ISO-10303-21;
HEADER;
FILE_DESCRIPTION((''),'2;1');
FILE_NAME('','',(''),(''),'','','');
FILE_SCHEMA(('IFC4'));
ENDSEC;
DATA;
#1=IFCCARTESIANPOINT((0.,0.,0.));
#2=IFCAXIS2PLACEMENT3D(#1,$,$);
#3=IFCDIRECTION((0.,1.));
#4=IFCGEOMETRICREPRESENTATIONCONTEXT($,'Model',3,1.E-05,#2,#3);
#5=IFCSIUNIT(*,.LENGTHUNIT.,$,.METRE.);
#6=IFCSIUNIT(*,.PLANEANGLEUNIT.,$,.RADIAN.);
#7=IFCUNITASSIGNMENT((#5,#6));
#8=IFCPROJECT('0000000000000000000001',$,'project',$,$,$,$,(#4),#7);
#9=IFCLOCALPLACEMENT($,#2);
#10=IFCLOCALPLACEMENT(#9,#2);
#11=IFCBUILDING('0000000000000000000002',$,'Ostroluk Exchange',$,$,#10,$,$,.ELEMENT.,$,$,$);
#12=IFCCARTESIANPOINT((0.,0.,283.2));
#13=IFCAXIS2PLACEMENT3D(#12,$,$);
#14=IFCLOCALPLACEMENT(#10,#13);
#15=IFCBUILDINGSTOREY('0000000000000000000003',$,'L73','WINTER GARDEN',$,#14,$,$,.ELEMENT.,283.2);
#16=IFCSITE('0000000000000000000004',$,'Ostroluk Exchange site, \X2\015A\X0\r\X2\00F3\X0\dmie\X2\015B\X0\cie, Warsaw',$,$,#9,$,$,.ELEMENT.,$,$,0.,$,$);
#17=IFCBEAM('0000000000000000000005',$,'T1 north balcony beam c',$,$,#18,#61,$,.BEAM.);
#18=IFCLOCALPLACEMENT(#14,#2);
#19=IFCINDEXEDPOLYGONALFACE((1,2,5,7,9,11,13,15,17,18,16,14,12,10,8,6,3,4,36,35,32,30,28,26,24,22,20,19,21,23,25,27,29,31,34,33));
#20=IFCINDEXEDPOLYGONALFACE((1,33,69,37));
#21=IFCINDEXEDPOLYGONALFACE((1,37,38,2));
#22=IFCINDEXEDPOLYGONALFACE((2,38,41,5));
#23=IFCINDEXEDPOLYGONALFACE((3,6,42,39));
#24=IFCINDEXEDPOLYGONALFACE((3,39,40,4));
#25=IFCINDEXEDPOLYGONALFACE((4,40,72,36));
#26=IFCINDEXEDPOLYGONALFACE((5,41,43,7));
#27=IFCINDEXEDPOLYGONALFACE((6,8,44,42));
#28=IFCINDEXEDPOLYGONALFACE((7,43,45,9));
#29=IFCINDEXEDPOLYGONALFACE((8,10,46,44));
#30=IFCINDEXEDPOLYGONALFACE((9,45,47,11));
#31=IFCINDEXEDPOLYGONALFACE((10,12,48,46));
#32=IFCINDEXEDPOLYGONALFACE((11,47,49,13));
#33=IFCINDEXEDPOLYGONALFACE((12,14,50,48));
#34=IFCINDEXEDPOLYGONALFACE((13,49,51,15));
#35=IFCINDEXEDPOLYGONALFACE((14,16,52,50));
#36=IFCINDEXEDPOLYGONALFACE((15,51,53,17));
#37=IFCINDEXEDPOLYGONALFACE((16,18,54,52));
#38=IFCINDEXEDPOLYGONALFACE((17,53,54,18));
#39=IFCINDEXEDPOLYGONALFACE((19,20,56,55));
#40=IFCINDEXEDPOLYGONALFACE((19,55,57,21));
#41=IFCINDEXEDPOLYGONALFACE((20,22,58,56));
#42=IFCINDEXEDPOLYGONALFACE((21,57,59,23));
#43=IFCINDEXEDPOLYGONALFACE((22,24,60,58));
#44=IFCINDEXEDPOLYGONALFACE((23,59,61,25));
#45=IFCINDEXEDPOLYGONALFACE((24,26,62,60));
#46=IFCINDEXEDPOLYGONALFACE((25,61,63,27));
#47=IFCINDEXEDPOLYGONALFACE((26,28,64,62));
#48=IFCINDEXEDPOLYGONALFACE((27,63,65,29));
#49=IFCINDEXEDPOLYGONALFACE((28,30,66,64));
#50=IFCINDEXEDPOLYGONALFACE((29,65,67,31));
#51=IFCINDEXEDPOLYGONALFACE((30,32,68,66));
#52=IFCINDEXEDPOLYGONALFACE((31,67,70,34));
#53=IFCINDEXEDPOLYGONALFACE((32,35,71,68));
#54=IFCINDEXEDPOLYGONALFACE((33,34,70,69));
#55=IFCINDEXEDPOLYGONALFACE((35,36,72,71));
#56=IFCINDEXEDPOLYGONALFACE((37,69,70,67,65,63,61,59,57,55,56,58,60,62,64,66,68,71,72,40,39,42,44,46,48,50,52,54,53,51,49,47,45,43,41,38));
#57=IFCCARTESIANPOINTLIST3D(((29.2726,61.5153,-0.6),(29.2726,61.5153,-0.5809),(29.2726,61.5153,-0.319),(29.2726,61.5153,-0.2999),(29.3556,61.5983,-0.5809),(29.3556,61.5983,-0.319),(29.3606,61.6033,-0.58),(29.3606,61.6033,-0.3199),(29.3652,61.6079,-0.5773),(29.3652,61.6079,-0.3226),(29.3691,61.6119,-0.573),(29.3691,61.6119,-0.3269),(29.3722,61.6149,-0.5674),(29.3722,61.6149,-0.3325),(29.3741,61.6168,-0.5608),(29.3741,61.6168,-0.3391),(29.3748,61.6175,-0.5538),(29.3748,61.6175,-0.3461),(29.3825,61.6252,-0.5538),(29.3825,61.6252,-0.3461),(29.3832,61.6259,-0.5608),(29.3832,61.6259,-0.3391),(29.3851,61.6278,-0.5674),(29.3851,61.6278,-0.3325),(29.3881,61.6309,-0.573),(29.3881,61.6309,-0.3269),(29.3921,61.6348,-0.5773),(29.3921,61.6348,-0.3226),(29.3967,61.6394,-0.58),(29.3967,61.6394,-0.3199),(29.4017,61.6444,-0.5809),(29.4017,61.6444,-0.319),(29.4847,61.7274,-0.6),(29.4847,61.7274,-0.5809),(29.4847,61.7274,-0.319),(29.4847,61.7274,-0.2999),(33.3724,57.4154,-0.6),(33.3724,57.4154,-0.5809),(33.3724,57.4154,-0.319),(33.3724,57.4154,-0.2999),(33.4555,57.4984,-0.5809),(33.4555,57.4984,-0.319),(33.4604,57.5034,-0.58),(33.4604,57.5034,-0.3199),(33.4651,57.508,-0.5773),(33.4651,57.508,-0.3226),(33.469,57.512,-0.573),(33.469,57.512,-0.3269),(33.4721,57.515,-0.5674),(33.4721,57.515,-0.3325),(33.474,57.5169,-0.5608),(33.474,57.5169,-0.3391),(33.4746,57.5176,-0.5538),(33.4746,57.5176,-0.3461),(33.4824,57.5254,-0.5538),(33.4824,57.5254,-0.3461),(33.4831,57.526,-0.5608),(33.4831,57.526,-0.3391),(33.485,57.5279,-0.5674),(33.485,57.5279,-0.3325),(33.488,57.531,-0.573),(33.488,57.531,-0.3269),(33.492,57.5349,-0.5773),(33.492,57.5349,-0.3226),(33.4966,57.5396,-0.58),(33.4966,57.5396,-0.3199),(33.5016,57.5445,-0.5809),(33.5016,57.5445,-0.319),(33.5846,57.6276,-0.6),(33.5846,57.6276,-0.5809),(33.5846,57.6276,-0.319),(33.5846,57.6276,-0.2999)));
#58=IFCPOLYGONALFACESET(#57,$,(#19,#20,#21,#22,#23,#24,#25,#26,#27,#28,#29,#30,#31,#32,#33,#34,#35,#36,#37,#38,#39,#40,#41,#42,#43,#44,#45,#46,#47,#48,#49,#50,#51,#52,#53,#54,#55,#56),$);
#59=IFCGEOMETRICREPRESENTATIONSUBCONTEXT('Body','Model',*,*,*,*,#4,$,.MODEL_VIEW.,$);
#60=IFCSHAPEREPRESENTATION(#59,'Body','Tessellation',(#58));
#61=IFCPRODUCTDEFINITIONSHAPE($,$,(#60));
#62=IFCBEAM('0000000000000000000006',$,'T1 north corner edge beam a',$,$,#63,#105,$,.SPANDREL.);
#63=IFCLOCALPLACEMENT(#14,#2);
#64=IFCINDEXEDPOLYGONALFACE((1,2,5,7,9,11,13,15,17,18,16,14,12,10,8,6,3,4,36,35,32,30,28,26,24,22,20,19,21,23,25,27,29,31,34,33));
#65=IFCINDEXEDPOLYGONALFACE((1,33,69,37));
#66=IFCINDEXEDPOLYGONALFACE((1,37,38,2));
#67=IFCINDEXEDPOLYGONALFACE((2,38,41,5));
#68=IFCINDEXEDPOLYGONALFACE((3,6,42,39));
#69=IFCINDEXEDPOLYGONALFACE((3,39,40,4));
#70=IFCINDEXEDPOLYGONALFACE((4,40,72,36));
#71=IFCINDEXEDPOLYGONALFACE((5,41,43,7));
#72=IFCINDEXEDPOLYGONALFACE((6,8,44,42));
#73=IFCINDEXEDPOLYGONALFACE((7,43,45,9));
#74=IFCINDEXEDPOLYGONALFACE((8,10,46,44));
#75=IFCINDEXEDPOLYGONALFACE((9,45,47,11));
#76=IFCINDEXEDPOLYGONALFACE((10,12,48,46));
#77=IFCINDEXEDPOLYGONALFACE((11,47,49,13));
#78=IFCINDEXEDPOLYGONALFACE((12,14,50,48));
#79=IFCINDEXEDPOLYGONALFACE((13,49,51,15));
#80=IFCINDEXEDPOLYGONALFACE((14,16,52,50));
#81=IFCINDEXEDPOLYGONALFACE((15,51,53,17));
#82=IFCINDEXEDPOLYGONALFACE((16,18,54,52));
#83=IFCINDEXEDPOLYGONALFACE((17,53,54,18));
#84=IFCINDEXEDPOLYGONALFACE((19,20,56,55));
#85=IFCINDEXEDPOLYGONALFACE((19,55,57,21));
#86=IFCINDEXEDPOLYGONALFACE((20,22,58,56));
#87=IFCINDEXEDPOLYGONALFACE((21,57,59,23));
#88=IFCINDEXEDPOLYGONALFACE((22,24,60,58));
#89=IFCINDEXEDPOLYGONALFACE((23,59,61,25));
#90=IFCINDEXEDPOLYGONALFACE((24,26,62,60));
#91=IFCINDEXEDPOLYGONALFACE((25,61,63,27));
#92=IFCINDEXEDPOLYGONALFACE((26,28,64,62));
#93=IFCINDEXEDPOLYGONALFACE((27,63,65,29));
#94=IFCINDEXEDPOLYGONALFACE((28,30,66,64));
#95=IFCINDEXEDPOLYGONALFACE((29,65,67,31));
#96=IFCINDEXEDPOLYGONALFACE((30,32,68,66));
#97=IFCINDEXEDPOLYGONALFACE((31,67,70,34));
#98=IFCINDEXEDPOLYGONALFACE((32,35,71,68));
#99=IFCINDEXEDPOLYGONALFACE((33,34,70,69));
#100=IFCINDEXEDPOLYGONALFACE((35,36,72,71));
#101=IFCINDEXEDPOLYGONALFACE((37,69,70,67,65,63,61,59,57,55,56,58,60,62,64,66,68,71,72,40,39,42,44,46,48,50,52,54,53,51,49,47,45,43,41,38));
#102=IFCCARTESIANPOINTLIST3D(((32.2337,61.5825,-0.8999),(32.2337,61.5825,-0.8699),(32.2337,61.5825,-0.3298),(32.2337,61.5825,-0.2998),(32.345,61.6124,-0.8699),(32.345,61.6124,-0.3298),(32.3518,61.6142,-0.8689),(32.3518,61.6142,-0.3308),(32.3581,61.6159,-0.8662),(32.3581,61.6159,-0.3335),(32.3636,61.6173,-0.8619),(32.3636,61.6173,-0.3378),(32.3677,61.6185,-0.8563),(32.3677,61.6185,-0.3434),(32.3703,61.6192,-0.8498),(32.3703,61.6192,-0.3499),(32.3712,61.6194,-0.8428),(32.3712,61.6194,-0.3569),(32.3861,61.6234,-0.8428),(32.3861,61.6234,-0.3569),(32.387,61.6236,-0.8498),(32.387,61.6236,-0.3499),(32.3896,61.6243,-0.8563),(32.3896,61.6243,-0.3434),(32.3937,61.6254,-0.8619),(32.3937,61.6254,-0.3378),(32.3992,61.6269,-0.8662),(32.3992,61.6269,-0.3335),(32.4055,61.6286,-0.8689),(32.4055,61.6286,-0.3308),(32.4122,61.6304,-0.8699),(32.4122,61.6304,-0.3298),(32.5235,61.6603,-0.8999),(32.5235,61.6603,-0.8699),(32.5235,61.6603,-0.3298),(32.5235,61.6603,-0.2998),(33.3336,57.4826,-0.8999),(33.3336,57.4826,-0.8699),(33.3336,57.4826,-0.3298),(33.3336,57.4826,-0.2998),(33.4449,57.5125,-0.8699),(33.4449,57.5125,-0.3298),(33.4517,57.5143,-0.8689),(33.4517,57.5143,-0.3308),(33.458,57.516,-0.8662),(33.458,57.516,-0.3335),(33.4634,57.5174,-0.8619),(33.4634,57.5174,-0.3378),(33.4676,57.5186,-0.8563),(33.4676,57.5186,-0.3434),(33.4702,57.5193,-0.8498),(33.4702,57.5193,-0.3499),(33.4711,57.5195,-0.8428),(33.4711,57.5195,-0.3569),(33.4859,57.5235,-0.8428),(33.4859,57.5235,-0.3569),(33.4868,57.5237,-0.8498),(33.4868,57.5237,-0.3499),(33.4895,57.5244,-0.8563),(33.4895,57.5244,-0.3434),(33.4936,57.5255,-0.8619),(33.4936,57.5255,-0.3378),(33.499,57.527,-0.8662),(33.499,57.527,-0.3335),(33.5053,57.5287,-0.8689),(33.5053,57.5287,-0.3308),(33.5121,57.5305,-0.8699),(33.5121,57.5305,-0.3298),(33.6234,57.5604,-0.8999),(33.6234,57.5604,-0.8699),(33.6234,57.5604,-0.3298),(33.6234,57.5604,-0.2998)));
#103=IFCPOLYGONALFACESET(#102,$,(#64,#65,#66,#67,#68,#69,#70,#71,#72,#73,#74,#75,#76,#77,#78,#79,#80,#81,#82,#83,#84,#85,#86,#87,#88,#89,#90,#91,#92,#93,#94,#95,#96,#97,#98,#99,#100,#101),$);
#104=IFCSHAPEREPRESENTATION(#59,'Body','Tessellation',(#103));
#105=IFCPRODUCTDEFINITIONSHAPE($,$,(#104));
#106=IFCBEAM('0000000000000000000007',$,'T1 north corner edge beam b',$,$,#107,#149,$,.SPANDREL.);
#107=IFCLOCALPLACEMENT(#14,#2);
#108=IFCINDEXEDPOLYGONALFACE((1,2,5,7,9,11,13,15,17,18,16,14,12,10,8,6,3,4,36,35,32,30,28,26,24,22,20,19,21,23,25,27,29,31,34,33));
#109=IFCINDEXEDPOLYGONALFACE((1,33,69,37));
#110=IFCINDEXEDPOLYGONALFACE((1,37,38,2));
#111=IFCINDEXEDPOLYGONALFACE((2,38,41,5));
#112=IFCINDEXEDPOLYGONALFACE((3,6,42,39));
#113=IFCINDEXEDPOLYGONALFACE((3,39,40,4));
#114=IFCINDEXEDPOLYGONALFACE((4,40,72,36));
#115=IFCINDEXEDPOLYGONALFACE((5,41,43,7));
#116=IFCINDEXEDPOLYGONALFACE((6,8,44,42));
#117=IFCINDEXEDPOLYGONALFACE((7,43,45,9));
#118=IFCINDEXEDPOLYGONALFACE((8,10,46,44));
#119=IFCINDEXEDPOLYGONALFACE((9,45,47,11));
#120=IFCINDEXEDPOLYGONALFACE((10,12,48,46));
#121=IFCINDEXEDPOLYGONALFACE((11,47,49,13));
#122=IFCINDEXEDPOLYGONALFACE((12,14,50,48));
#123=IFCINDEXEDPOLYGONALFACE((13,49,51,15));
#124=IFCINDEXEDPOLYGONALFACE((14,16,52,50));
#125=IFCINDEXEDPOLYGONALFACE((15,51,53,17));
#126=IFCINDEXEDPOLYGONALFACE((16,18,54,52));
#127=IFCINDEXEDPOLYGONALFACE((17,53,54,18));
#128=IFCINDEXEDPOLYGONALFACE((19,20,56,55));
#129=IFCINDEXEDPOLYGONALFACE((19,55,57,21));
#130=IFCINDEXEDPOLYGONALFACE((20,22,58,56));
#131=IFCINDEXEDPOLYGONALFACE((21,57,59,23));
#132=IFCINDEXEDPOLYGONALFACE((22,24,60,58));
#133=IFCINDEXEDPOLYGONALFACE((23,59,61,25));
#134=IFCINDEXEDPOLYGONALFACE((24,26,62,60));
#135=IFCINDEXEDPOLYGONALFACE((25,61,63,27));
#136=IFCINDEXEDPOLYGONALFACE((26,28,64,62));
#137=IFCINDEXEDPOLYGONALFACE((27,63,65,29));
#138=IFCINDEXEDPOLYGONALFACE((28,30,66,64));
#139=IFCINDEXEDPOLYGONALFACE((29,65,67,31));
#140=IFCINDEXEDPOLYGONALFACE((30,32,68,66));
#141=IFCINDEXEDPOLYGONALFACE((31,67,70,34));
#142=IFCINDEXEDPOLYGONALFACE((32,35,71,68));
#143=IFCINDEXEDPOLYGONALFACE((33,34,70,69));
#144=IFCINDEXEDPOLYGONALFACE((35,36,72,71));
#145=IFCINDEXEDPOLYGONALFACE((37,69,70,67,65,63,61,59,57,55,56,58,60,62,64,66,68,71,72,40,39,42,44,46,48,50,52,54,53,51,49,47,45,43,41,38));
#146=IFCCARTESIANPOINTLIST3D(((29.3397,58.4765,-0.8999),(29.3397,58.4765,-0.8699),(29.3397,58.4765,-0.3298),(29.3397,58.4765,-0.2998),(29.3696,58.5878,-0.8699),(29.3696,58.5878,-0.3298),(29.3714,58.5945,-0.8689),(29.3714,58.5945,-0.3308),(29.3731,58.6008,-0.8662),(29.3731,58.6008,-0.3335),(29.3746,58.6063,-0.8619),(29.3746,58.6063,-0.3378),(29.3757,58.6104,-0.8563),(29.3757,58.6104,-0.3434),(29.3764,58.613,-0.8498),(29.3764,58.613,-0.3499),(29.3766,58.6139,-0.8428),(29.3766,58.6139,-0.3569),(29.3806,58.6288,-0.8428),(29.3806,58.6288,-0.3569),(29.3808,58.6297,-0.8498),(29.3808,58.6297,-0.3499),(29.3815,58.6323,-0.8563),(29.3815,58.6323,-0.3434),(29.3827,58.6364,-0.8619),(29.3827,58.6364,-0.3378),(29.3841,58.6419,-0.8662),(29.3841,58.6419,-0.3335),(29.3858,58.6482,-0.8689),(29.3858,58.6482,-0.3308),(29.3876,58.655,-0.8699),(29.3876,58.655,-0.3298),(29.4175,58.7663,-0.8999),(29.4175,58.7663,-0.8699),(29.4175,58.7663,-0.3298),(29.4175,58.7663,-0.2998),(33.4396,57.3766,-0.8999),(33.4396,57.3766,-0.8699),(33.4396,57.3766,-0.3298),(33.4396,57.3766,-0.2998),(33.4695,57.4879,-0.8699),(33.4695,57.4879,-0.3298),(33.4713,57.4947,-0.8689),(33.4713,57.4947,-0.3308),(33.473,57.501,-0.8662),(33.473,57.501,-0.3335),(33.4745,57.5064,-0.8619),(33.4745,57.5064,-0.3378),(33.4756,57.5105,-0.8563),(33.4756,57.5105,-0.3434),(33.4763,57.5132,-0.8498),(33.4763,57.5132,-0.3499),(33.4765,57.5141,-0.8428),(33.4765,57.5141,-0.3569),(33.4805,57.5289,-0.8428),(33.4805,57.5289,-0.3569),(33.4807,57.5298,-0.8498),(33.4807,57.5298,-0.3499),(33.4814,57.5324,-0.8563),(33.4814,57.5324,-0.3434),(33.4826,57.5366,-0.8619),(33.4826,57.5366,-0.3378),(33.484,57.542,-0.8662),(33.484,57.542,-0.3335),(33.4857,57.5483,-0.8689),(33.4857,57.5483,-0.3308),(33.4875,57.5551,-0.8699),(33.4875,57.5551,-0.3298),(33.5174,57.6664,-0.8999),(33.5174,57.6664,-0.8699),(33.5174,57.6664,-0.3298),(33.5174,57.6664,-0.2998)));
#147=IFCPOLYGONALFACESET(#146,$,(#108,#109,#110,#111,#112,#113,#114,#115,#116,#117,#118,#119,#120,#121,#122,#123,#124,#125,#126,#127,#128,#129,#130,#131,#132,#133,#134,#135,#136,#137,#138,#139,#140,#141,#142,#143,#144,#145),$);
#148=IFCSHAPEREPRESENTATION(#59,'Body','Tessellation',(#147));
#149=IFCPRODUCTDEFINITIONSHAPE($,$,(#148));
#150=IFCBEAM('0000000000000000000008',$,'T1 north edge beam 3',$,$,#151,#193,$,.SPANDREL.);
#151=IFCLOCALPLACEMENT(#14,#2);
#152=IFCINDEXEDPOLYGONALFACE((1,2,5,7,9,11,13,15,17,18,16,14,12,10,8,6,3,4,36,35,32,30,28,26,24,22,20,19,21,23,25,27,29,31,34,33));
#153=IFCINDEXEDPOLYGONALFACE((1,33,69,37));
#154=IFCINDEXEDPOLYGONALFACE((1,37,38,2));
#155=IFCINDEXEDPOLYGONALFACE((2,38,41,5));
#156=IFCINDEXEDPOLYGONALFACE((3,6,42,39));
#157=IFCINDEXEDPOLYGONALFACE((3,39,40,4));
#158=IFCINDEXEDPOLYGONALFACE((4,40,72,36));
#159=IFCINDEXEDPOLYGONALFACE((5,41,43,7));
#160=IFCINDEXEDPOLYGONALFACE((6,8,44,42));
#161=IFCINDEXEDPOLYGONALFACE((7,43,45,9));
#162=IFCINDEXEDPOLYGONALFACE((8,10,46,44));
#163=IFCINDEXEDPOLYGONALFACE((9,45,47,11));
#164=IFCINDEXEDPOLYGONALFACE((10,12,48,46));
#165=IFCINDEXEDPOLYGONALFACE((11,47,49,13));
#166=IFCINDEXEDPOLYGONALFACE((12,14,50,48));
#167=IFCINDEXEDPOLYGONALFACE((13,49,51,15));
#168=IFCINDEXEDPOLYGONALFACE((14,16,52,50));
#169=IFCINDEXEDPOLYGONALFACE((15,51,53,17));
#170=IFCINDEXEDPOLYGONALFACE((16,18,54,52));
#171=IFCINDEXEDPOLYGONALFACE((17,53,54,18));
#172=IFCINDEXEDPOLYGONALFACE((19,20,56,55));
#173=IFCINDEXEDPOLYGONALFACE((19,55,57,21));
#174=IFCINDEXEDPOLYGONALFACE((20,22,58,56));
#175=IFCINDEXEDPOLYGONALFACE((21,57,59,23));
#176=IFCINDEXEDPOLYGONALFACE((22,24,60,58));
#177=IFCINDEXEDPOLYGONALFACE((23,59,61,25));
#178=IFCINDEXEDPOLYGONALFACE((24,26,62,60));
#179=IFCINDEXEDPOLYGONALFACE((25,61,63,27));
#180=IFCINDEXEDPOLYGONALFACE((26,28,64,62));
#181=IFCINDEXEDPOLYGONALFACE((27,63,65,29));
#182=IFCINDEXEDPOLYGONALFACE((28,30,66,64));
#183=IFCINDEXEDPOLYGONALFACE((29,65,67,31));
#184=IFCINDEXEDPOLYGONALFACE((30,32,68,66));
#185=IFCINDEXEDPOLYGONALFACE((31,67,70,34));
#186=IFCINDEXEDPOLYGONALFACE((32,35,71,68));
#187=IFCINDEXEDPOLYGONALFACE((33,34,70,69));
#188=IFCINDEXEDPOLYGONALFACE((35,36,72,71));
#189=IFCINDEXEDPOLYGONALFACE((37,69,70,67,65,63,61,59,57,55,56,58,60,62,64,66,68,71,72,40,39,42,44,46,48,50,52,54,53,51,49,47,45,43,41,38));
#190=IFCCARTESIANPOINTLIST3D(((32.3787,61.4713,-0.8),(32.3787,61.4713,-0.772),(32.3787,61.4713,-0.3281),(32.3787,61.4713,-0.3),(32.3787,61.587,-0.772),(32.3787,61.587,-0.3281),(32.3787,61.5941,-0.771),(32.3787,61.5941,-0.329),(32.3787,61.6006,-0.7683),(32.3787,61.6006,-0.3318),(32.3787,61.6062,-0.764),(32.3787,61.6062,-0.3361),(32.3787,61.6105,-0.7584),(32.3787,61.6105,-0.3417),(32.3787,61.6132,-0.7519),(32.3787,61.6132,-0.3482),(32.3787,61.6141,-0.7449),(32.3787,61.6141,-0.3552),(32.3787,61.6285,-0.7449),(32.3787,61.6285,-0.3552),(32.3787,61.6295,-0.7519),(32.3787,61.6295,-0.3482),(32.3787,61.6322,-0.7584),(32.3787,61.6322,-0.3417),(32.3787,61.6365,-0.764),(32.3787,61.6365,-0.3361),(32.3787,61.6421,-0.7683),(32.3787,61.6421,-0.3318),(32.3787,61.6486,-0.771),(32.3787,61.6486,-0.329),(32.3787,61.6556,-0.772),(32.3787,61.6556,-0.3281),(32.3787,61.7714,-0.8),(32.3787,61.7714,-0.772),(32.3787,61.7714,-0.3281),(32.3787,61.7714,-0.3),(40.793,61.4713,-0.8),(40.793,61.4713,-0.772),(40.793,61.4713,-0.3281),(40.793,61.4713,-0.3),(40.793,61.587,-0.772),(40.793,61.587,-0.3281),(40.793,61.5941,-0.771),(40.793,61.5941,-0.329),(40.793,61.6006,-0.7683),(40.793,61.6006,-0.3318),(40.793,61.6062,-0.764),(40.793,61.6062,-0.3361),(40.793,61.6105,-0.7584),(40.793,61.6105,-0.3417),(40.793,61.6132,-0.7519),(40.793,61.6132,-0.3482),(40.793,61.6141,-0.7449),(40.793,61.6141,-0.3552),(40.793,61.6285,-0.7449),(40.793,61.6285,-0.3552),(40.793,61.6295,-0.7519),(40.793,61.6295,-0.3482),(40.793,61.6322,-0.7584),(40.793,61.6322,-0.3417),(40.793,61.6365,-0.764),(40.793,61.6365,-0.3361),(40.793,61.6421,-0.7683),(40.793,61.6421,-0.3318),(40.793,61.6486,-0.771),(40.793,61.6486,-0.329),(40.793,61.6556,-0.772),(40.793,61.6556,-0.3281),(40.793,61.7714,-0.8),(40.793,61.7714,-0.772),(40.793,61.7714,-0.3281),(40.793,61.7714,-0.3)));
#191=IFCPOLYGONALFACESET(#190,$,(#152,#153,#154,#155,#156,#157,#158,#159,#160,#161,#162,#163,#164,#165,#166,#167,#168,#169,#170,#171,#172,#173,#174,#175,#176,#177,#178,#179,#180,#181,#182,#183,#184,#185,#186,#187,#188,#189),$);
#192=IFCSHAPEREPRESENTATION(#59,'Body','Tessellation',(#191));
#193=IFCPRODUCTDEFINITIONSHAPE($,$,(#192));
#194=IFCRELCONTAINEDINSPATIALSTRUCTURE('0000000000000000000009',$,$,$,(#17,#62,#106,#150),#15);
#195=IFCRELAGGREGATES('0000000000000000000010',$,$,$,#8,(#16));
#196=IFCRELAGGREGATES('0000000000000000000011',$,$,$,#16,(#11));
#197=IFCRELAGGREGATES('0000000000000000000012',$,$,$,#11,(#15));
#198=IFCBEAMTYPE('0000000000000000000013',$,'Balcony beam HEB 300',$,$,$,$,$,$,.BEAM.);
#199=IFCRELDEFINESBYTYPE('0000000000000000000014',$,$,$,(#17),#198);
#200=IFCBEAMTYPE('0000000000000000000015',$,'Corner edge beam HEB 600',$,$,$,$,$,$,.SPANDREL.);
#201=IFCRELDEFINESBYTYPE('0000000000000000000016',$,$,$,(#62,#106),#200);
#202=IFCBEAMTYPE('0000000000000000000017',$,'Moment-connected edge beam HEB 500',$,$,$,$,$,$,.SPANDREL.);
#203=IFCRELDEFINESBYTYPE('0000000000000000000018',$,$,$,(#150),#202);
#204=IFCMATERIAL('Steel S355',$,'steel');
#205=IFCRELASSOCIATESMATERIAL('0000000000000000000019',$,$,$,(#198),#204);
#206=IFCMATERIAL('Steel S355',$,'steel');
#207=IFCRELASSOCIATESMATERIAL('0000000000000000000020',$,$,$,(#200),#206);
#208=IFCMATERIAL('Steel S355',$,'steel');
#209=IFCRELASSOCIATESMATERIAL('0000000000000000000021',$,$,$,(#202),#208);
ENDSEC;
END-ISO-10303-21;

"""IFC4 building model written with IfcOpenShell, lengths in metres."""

from ifc_helpers import new_model, si_unit, direction, frame, origin, origin_2d, place, context, subcontext, project, spatial, i_section, extrude, material, material_profile, profile_set, type_object, element, save


model = new_model("IFC4")

# Units and contexts
model_context = context("Model", 3, precision=1e-05, world=origin(), true_north=direction((0.0, 1.0)))
body_context = subcontext(model_context, "Body", "Model", "MODEL_VIEW")
ifc_project = project(units=[si_unit("LENGTHUNIT", "METRE"), si_unit("PLANEANGLEUNIT", "RADIAN")], contexts=[model_context])

# Site, building, storey
site_placement = place(None, origin())
site = spatial("IfcSite", under=ifc_project, at=site_placement, Name="Ostroluk Exchange site, Śródmieście, Warsaw", CompositionType="ELEMENT", RefElevation=0.0)
building_placement = place(site_placement, origin())
building = spatial("IfcBuilding", under=site, at=building_placement, Name="Ostroluk Exchange", CompositionType="ELEMENT")
storey_placement = place(building_placement, frame((0.0, 0.0, 283.2)))
storey = spatial("IfcBuildingStorey", under=building, at=storey_placement, Name="L73", Description="WINTER GARDEN", CompositionType="ELEMENT", Elevation=283.2)

# Beams
ifc_material_1 = material(Name="Steel S355", Category="steel")
ifc_material_profile_1 = material_profile(ifc_material_1, i_section(OverallWidth=0.3, OverallDepth=0.3, WebThickness=0.011, FlangeThickness=0.019, FilletRadius=0.0271, at=origin_2d()), Name="HEB 300")
ifc_profile_set_1 = profile_set([ifc_material_profile_1], Name="Steel S355")
beam_type_1 = type_object("IfcBeamType", Name="Balcony beam HEB 300", PredefinedType="BEAM", material=ifc_profile_set_1)
beam_placement = place(storey_placement, frame((33.4785, 57.5215, -0.45), z_axis=(-0.707107, 0.707107, 0.0), x_axis=(-0.707107, -0.707107, 0.0)))
element("IfcBeam", 1, at=beam_placement, inside=storey, type_object=beam_type_1, Name="T1 north balcony beam c", PredefinedType="BEAM", context=body_context, shape_type="SweptSolid", body=[
    extrude(i_section(OverallWidth=0.3, OverallDepth=0.3, WebThickness=0.011, FlangeThickness=0.019, FilletRadius=0.0271, at=origin_2d()), origin(), (0.0, 0.0, 1.0), 5.7981),
])
ifc_material_2 = material(Name="Steel S355", Category="steel")
ifc_material_profile_2 = material_profile(ifc_material_2, i_section(OverallWidth=0.3, OverallDepth=0.6001, WebThickness=0.0154, FlangeThickness=0.03, FilletRadius=0.0271, at=origin_2d()), Name="HEB 600")
ifc_profile_set_2 = profile_set([ifc_material_profile_2], Name="Steel S355")
beam_type_2 = type_object("IfcBeamType", Name="Corner edge beam HEB 600", PredefinedType="SPANDREL", material=ifc_profile_set_2)
for number, where, z_axis, x_axis, name in (
    (2, (33.4785, 57.5215, -0.5999), (-0.259105, 0.965849, 0.0), (-0.965849, -0.259105, 0.0), "T1 north corner edge beam a"),
    (3, (33.4785, 57.5215, -0.5999), (-0.965849, 0.259105, 0.0), (-0.259105, -0.965849, 0.0), "T1 north corner edge beam b"),
):
    element("IfcBeam", number, at=place(storey_placement, frame(where, z_axis=z_axis, x_axis=x_axis)), inside=storey, type_object=beam_type_2, Name=name, PredefinedType="SPANDREL", context=body_context, shape_type="SweptSolid", body=[
        extrude(i_section(OverallWidth=0.3, OverallDepth=0.6001, WebThickness=0.0154, FlangeThickness=0.03, FilletRadius=0.0271, at=origin_2d()), origin(), (0.0, 0.0, 1.0), 4.2449),
    ])
ifc_material_3 = material(Name="Steel S355", Category="steel")
ifc_material_profile_3 = material_profile(ifc_material_3, i_section(OverallWidth=0.3, OverallDepth=0.5, WebThickness=0.0144, FlangeThickness=0.0281, FilletRadius=0.0271, at=origin_2d()), Name="HEB 500")
ifc_profile_set_3 = profile_set([ifc_material_profile_3], Name="Steel S355")
beam_type_3 = type_object("IfcBeamType", Name="Moment-connected edge beam HEB 500", PredefinedType="SPANDREL", material=ifc_profile_set_3)
for number, where, z_axis, x_axis, name in (
    (4, (40.793, 61.6213, -0.55), (-1.0, 0.0, 0.0), (0.0, -1.0, 0.0), "T1 north edge beam 3"),
):
    element("IfcBeam", number, at=place(storey_placement, frame(where, z_axis=z_axis, x_axis=x_axis)), inside=storey, type_object=beam_type_3, Name=name, PredefinedType="SPANDREL", context=body_context, shape_type="SweptSolid", body=[
        extrude(i_section(OverallWidth=0.3, OverallDepth=0.5, WebThickness=0.0144, FlangeThickness=0.0281, FilletRadius=0.0271, at=origin_2d()), origin(), (0.0, 0.0, 1.0), 8.4143),
    ])

save(model, "model.ifc")
